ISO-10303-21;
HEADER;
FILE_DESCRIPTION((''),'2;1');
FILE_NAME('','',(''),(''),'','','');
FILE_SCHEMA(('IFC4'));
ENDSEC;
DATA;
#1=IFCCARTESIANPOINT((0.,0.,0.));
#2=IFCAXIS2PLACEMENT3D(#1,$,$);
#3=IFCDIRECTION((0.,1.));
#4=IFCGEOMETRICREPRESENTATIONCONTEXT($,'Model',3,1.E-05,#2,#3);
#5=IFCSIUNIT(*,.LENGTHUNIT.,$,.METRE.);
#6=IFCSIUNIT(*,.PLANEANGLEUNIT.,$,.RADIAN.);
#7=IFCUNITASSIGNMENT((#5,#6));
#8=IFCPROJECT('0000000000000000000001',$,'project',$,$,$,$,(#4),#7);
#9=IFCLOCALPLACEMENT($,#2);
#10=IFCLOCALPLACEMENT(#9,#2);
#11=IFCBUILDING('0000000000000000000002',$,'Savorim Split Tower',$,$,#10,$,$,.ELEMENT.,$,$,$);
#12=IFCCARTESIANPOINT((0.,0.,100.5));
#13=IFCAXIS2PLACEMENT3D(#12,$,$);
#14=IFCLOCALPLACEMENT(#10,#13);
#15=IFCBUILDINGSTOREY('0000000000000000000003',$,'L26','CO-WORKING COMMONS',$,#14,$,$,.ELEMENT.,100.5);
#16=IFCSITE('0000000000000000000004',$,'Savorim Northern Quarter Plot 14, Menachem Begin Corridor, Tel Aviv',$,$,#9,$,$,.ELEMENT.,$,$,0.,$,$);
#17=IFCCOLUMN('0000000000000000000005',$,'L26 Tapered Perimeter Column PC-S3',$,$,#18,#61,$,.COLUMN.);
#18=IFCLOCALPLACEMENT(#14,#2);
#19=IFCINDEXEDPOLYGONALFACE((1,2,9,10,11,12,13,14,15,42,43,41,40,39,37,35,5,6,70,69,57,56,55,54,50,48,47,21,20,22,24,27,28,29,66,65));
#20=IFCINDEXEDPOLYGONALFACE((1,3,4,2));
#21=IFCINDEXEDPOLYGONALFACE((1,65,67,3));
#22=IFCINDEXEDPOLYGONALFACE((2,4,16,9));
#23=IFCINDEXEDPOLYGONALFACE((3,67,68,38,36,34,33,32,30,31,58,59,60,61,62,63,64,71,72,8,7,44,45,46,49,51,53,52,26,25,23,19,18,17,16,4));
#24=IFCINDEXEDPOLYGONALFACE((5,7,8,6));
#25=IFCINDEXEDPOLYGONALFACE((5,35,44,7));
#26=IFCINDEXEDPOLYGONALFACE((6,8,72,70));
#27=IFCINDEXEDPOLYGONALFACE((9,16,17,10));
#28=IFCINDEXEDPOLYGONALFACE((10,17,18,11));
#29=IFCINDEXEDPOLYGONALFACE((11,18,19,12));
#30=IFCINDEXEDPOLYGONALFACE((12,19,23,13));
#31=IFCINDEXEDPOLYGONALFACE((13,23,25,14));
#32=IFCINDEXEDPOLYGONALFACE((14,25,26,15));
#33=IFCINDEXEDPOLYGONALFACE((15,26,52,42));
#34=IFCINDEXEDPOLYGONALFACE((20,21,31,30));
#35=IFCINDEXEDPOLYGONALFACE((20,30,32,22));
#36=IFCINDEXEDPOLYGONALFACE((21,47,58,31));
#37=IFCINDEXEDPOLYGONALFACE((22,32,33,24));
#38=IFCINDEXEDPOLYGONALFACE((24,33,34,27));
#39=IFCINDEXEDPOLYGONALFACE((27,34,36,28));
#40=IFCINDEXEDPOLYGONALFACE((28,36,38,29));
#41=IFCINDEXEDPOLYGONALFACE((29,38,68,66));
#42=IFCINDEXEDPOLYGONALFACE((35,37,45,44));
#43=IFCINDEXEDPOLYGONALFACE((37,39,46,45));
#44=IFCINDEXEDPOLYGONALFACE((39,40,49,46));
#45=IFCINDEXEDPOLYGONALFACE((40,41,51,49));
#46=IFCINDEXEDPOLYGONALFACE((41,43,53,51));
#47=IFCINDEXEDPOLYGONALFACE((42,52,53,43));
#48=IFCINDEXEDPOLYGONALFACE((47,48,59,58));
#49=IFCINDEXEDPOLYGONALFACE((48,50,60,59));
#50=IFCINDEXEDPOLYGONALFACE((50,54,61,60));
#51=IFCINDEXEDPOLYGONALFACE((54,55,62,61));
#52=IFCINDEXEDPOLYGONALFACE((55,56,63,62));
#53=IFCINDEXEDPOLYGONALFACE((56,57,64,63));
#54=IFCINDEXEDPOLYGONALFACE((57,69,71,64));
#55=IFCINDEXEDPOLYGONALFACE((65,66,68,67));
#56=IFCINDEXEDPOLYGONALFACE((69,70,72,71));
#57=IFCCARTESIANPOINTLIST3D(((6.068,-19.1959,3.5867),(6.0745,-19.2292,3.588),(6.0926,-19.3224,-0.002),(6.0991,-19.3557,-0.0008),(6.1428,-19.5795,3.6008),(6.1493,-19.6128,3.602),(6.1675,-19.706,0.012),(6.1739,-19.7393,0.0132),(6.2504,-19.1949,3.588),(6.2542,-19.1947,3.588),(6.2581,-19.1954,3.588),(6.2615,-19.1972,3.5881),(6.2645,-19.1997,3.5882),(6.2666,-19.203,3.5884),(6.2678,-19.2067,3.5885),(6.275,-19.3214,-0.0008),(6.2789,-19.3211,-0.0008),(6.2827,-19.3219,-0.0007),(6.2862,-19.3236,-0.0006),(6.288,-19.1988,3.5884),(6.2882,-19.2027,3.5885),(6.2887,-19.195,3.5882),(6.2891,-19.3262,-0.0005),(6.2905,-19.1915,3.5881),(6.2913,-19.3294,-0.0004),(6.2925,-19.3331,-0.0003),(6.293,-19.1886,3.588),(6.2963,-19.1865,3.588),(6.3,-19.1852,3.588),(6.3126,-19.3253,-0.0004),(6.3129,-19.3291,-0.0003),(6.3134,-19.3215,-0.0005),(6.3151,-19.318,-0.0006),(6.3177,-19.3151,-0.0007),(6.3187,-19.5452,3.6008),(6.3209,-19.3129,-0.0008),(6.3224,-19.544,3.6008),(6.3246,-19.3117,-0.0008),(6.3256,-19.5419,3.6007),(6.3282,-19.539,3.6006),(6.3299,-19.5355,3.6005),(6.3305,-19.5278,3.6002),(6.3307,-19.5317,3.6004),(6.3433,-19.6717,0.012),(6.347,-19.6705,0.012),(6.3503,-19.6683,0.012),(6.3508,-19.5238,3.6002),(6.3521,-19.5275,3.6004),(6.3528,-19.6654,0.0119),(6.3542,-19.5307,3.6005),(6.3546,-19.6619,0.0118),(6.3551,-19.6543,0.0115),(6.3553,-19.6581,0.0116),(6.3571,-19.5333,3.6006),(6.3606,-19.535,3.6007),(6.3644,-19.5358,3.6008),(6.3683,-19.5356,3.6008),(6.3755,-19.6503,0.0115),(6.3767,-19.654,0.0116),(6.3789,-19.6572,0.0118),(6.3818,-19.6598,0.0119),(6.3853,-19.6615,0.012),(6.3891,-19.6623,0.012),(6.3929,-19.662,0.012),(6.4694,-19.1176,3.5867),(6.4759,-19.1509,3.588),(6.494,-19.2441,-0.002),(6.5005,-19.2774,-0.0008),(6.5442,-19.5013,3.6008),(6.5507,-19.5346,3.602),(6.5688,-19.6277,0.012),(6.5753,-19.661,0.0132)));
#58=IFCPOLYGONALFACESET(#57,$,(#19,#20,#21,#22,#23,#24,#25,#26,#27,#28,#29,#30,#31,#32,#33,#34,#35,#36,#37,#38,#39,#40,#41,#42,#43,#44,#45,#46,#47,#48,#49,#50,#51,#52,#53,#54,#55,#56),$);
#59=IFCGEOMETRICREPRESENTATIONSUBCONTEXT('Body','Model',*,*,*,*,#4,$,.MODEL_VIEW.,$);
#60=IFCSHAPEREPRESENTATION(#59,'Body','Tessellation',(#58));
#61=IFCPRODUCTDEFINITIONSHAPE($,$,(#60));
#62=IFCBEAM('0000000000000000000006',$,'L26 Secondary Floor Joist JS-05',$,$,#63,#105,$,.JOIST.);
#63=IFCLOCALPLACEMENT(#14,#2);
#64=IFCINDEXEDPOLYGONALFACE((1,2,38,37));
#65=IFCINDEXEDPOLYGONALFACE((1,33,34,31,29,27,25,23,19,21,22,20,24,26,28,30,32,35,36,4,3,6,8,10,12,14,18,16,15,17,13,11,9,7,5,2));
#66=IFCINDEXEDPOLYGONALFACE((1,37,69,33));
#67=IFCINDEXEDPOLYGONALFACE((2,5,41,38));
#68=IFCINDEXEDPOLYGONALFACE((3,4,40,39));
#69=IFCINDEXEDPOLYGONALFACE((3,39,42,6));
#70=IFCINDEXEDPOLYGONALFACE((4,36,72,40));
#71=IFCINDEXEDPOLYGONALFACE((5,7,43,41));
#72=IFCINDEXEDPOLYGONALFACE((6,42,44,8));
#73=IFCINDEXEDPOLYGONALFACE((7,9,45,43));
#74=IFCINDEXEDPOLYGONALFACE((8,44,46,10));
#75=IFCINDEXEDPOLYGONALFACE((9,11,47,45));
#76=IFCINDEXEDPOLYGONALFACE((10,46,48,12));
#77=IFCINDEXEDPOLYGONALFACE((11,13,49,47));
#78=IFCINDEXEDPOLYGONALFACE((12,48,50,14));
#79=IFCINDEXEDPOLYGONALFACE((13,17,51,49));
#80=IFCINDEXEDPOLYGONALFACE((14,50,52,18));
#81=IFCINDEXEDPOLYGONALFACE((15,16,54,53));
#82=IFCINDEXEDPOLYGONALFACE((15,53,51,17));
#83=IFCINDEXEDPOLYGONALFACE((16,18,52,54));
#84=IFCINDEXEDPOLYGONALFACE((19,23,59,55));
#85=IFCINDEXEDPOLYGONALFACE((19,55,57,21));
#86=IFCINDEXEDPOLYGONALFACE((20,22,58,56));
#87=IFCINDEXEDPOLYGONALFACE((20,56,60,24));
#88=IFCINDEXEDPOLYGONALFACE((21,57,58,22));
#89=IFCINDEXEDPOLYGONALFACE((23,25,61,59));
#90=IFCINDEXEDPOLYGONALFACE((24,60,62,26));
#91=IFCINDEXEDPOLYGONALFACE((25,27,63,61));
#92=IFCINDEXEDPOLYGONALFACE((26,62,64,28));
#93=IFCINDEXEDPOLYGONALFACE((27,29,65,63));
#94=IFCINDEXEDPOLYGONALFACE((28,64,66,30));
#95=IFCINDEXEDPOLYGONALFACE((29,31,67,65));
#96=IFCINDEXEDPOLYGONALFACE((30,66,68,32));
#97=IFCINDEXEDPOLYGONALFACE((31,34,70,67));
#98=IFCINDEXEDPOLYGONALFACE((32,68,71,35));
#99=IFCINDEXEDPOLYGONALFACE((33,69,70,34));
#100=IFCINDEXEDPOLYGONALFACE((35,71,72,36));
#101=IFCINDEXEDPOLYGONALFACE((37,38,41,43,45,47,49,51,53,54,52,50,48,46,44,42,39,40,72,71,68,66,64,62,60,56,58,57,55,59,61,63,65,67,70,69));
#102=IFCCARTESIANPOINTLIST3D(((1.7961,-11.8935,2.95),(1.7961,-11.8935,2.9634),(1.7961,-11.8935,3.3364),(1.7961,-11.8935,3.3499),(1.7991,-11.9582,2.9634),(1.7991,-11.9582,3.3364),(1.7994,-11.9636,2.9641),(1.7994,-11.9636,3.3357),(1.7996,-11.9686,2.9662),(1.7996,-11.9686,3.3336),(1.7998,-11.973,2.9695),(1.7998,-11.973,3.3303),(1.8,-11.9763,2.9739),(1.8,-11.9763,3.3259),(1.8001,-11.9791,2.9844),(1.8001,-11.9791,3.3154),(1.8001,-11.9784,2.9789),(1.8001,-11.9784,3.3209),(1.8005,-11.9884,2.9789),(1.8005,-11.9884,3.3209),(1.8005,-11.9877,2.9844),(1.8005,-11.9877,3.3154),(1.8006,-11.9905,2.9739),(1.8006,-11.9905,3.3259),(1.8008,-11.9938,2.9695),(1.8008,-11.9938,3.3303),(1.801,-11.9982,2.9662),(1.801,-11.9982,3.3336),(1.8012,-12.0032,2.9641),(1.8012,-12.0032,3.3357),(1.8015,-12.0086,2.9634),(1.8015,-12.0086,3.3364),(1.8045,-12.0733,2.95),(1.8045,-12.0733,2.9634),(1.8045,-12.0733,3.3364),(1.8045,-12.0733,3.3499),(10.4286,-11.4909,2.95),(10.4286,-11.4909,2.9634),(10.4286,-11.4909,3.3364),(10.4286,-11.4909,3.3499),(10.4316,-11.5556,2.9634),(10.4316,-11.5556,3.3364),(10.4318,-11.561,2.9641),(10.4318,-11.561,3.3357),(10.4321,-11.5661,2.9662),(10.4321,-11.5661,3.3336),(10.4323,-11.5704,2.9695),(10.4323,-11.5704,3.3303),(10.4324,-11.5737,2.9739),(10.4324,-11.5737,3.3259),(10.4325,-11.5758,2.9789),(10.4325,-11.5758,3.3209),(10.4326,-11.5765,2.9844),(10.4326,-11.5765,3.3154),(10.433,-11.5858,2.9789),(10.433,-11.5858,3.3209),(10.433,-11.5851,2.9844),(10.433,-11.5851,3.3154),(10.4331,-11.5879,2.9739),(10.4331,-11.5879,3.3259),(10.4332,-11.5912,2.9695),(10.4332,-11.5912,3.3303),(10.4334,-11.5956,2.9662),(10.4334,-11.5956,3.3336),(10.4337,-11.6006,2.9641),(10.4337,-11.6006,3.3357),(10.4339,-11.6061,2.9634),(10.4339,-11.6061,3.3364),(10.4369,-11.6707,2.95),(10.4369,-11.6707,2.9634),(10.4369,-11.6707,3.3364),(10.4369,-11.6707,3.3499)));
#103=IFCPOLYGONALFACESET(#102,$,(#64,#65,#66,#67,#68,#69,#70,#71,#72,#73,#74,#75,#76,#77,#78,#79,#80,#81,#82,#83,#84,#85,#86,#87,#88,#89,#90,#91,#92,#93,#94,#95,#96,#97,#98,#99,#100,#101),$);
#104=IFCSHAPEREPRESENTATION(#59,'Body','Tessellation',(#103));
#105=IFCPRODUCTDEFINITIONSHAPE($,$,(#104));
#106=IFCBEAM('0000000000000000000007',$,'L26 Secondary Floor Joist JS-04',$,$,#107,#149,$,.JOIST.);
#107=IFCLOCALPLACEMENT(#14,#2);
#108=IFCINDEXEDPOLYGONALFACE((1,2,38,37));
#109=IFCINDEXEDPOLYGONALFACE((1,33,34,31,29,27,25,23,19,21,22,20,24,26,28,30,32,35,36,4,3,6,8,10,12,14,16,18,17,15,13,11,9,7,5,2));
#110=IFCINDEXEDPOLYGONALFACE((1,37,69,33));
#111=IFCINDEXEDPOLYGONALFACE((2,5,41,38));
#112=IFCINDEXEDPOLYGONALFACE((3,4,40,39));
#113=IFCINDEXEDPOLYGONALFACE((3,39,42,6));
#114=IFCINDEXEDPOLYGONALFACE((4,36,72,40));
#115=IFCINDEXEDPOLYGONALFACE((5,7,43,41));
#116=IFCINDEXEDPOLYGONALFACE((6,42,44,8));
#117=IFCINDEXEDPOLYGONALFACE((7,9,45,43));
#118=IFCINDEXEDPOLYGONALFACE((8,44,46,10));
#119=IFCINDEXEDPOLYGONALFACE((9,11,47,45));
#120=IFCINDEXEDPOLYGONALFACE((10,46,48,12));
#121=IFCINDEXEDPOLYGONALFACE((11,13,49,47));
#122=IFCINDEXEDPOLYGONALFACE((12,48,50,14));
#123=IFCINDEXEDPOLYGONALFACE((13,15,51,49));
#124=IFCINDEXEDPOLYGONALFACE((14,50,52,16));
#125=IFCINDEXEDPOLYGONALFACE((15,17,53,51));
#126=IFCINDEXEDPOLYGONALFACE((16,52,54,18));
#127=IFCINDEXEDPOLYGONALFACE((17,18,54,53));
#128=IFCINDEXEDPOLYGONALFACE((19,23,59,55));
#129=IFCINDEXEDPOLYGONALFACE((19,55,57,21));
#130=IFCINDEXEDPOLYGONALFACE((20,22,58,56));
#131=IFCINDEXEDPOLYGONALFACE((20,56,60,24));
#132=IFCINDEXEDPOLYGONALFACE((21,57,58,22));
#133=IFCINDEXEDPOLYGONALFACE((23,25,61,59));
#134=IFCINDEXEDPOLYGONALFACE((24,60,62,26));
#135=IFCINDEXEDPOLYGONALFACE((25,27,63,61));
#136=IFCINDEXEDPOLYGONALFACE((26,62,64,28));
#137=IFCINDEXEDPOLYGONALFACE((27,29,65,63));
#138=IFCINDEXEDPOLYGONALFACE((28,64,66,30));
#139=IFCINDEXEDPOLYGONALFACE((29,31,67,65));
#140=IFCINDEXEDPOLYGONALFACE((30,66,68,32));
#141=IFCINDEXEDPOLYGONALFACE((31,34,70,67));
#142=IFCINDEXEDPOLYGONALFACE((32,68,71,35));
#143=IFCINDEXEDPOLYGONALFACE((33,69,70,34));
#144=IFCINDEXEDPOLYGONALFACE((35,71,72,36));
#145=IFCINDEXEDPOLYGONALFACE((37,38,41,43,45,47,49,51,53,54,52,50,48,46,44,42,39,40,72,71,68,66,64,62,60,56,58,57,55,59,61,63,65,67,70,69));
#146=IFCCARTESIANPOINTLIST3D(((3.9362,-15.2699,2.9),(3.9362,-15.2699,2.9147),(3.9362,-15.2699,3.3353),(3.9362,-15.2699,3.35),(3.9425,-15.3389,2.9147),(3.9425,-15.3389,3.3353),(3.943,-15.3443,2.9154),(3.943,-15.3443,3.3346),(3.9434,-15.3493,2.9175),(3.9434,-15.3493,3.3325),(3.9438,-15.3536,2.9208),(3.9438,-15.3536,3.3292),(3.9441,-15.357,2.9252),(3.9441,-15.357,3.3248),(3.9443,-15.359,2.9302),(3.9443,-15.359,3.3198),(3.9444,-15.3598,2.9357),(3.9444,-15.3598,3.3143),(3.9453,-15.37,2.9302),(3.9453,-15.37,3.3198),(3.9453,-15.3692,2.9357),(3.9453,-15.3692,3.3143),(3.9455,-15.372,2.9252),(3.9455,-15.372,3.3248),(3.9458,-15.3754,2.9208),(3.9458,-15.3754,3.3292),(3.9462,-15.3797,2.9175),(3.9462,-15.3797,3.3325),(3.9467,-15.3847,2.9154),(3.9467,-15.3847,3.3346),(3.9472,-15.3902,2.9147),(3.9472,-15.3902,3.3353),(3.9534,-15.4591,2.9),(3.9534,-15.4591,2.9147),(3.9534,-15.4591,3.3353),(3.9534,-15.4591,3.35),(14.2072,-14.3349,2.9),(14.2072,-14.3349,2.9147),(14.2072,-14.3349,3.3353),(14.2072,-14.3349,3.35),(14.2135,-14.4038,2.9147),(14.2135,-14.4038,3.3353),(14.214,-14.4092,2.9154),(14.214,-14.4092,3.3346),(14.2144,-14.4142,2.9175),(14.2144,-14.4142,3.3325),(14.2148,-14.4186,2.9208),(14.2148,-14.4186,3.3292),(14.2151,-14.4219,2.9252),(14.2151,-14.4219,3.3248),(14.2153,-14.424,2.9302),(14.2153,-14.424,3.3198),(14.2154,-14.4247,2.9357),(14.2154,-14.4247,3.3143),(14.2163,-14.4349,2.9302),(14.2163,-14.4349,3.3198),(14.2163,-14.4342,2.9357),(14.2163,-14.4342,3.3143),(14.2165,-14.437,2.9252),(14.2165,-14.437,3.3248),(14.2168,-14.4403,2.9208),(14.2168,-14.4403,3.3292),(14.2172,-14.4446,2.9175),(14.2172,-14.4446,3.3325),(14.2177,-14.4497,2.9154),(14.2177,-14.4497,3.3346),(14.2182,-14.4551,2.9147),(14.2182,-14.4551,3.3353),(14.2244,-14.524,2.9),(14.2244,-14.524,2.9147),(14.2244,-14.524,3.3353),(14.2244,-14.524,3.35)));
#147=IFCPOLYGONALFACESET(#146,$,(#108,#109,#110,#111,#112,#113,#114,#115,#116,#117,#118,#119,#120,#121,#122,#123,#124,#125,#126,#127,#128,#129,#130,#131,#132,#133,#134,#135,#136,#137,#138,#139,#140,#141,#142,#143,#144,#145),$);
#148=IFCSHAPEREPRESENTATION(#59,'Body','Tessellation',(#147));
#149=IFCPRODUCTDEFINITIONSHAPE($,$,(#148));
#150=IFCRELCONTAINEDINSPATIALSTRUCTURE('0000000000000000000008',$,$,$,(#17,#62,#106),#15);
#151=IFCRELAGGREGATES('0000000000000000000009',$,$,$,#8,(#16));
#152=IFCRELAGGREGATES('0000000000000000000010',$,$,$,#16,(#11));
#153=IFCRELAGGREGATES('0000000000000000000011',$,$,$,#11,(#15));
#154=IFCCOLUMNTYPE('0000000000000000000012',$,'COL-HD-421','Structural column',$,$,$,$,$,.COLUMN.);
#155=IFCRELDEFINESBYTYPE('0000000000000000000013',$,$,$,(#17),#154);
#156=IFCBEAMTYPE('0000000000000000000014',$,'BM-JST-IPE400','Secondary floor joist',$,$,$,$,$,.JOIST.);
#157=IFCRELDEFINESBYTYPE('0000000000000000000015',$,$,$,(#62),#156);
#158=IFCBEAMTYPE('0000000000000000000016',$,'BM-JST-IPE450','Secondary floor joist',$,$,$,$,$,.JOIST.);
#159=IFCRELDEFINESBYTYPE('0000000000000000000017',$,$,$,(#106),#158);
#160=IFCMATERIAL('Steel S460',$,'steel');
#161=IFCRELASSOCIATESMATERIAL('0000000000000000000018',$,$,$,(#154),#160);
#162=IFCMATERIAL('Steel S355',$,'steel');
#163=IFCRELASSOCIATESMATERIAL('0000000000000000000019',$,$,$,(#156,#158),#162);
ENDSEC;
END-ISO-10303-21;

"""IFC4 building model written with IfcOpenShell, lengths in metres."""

from ifc_helpers import new_model, si_unit, direction, frame, origin, origin_2d, place, context, subcontext, project, spatial, i_section, extrude, material, material_profile, profile_set, type_object, element, save


model = new_model("IFC4")

# Units and contexts
model_context = context("Model", 3, precision=1e-05, world=origin(), true_north=direction((0.0, 1.0)))
body_context = subcontext(model_context, "Body", "Model", "MODEL_VIEW")
ifc_project = project(units=[si_unit("LENGTHUNIT", "METRE"), si_unit("PLANEANGLEUNIT", "RADIAN")], contexts=[model_context])

# Site, building, storey
site_placement = place(None, origin())
site = spatial("IfcSite", under=ifc_project, at=site_placement, Name="Savorim Northern Quarter Plot 14, Menachem Begin Corridor, Tel Aviv", CompositionType="ELEMENT", RefElevation=0.0)
building_placement = place(site_placement, origin())
building = spatial("IfcBuilding", under=site, at=building_placement, Name="Savorim Split Tower", CompositionType="ELEMENT")
storey_placement = place(building_placement, frame((0.0, 0.0, 100.5)))
storey = spatial("IfcBuildingStorey", under=building, at=storey_placement, Name="L26", Description="CO-WORKING COMMONS", CompositionType="ELEMENT", Elevation=100.5)

# Column
ifc_material_1 = material(Name="Steel S460", Category="steel")
ifc_material_profile_1 = material_profile(ifc_material_1, i_section(OverallWidth=0.4089, OverallDepth=0.425, WebThickness=0.0208, FlangeThickness=0.0339, FilletRadius=0.0149, at=origin_2d()), Name="HD 400x421")
ifc_profile_set_1 = profile_set([ifc_material_profile_1], Name="Steel S460")
column_type = type_object("IfcColumnType", Name="COL-HD-421", Description="Structural column", PredefinedType="COLUMN", material=ifc_profile_set_1)
column_placement = place(storey_placement, frame((6.334, -19.4917, 0.0056), z_axis=(-0.006866, 0.035215, 0.999356), x_axis=(-0.981517, -0.191377, 0.0)))
element("IfcColumn", 1, at=column_placement, inside=storey, type_object=column_type, Name="L26 Tapered Perimeter Column PC-S3", PredefinedType="COLUMN", context=body_context, shape_type="SweptSolid", body=[
    extrude(i_section(OverallWidth=0.4089, OverallDepth=0.425, WebThickness=0.0208, FlangeThickness=0.0339, FilletRadius=0.0149, at=origin_2d()), origin(), (0.0, 0.0, 1.0), 3.5911),
])

# Beams
ifc_material_2 = material(Name="Steel S355", Category="steel")
ifc_material_profile_2 = material_profile(ifc_material_2, i_section(OverallWidth=0.1799, OverallDepth=0.3999, WebThickness=0.0085, FlangeThickness=0.0134, FilletRadius=0.021, at=origin_2d()), Name="IPE 400")
ifc_profile_set_2 = profile_set([ifc_material_profile_2], Name="Steel S355")
beam_type_1 = type_object("IfcBeamType", Name="BM-JST-IPE400", Description="Secondary floor joist", PredefinedType="JOIST", material=ifc_profile_set_2)
beam_1_placement = place(storey_placement, frame((1.8003, -11.9834, 3.1499), z_axis=(0.998914, 0.046585, 0.0), x_axis=(-0.046585, 0.998914, 0.0)))
element("IfcBeam", 2, at=beam_1_placement, inside=storey, type_object=beam_type_1, Name="L26 Secondary Floor Joist JS-05", PredefinedType="JOIST", context=body_context, shape_type="SweptSolid", body=[
    extrude(i_section(OverallWidth=0.1799, OverallDepth=0.3999, WebThickness=0.0085, FlangeThickness=0.0134, FilletRadius=0.021, at=origin_2d()), origin(), (0.0, 0.0, 1.0), 8.6418),
])
ifc_material_profile_3 = material_profile(ifc_material_2, i_section(OverallWidth=0.1899, OverallDepth=0.45, WebThickness=0.0095, FlangeThickness=0.0146, FilletRadius=0.021, at=origin_2d()), Name="IPE 450")
ifc_profile_set_3 = profile_set([ifc_material_profile_3], Name="Steel S355")
beam_type_2 = type_object("IfcBeamType", Name="BM-JST-IPE450", Description="Secondary floor joist", PredefinedType="JOIST", material=ifc_profile_set_3)
beam_2_placement = place(storey_placement, frame((3.9448, -15.3645, 3.125), z_axis=(0.995882, 0.090664, 0.0), x_axis=(-0.090664, 0.995882, 0.0)))
element("IfcBeam", 3, at=beam_2_placement, inside=storey, type_object=beam_type_2, Name="L26 Secondary Floor Joist JS-04", PredefinedType="JOIST", context=body_context, shape_type="SweptSolid", body=[
    extrude(i_section(OverallWidth=0.1899, OverallDepth=0.45, WebThickness=0.0095, FlangeThickness=0.0146, FilletRadius=0.021, at=origin_2d()), origin(), (0.0, 0.0, 1.0), 10.3135),
])

save(model, "model.ifc")
